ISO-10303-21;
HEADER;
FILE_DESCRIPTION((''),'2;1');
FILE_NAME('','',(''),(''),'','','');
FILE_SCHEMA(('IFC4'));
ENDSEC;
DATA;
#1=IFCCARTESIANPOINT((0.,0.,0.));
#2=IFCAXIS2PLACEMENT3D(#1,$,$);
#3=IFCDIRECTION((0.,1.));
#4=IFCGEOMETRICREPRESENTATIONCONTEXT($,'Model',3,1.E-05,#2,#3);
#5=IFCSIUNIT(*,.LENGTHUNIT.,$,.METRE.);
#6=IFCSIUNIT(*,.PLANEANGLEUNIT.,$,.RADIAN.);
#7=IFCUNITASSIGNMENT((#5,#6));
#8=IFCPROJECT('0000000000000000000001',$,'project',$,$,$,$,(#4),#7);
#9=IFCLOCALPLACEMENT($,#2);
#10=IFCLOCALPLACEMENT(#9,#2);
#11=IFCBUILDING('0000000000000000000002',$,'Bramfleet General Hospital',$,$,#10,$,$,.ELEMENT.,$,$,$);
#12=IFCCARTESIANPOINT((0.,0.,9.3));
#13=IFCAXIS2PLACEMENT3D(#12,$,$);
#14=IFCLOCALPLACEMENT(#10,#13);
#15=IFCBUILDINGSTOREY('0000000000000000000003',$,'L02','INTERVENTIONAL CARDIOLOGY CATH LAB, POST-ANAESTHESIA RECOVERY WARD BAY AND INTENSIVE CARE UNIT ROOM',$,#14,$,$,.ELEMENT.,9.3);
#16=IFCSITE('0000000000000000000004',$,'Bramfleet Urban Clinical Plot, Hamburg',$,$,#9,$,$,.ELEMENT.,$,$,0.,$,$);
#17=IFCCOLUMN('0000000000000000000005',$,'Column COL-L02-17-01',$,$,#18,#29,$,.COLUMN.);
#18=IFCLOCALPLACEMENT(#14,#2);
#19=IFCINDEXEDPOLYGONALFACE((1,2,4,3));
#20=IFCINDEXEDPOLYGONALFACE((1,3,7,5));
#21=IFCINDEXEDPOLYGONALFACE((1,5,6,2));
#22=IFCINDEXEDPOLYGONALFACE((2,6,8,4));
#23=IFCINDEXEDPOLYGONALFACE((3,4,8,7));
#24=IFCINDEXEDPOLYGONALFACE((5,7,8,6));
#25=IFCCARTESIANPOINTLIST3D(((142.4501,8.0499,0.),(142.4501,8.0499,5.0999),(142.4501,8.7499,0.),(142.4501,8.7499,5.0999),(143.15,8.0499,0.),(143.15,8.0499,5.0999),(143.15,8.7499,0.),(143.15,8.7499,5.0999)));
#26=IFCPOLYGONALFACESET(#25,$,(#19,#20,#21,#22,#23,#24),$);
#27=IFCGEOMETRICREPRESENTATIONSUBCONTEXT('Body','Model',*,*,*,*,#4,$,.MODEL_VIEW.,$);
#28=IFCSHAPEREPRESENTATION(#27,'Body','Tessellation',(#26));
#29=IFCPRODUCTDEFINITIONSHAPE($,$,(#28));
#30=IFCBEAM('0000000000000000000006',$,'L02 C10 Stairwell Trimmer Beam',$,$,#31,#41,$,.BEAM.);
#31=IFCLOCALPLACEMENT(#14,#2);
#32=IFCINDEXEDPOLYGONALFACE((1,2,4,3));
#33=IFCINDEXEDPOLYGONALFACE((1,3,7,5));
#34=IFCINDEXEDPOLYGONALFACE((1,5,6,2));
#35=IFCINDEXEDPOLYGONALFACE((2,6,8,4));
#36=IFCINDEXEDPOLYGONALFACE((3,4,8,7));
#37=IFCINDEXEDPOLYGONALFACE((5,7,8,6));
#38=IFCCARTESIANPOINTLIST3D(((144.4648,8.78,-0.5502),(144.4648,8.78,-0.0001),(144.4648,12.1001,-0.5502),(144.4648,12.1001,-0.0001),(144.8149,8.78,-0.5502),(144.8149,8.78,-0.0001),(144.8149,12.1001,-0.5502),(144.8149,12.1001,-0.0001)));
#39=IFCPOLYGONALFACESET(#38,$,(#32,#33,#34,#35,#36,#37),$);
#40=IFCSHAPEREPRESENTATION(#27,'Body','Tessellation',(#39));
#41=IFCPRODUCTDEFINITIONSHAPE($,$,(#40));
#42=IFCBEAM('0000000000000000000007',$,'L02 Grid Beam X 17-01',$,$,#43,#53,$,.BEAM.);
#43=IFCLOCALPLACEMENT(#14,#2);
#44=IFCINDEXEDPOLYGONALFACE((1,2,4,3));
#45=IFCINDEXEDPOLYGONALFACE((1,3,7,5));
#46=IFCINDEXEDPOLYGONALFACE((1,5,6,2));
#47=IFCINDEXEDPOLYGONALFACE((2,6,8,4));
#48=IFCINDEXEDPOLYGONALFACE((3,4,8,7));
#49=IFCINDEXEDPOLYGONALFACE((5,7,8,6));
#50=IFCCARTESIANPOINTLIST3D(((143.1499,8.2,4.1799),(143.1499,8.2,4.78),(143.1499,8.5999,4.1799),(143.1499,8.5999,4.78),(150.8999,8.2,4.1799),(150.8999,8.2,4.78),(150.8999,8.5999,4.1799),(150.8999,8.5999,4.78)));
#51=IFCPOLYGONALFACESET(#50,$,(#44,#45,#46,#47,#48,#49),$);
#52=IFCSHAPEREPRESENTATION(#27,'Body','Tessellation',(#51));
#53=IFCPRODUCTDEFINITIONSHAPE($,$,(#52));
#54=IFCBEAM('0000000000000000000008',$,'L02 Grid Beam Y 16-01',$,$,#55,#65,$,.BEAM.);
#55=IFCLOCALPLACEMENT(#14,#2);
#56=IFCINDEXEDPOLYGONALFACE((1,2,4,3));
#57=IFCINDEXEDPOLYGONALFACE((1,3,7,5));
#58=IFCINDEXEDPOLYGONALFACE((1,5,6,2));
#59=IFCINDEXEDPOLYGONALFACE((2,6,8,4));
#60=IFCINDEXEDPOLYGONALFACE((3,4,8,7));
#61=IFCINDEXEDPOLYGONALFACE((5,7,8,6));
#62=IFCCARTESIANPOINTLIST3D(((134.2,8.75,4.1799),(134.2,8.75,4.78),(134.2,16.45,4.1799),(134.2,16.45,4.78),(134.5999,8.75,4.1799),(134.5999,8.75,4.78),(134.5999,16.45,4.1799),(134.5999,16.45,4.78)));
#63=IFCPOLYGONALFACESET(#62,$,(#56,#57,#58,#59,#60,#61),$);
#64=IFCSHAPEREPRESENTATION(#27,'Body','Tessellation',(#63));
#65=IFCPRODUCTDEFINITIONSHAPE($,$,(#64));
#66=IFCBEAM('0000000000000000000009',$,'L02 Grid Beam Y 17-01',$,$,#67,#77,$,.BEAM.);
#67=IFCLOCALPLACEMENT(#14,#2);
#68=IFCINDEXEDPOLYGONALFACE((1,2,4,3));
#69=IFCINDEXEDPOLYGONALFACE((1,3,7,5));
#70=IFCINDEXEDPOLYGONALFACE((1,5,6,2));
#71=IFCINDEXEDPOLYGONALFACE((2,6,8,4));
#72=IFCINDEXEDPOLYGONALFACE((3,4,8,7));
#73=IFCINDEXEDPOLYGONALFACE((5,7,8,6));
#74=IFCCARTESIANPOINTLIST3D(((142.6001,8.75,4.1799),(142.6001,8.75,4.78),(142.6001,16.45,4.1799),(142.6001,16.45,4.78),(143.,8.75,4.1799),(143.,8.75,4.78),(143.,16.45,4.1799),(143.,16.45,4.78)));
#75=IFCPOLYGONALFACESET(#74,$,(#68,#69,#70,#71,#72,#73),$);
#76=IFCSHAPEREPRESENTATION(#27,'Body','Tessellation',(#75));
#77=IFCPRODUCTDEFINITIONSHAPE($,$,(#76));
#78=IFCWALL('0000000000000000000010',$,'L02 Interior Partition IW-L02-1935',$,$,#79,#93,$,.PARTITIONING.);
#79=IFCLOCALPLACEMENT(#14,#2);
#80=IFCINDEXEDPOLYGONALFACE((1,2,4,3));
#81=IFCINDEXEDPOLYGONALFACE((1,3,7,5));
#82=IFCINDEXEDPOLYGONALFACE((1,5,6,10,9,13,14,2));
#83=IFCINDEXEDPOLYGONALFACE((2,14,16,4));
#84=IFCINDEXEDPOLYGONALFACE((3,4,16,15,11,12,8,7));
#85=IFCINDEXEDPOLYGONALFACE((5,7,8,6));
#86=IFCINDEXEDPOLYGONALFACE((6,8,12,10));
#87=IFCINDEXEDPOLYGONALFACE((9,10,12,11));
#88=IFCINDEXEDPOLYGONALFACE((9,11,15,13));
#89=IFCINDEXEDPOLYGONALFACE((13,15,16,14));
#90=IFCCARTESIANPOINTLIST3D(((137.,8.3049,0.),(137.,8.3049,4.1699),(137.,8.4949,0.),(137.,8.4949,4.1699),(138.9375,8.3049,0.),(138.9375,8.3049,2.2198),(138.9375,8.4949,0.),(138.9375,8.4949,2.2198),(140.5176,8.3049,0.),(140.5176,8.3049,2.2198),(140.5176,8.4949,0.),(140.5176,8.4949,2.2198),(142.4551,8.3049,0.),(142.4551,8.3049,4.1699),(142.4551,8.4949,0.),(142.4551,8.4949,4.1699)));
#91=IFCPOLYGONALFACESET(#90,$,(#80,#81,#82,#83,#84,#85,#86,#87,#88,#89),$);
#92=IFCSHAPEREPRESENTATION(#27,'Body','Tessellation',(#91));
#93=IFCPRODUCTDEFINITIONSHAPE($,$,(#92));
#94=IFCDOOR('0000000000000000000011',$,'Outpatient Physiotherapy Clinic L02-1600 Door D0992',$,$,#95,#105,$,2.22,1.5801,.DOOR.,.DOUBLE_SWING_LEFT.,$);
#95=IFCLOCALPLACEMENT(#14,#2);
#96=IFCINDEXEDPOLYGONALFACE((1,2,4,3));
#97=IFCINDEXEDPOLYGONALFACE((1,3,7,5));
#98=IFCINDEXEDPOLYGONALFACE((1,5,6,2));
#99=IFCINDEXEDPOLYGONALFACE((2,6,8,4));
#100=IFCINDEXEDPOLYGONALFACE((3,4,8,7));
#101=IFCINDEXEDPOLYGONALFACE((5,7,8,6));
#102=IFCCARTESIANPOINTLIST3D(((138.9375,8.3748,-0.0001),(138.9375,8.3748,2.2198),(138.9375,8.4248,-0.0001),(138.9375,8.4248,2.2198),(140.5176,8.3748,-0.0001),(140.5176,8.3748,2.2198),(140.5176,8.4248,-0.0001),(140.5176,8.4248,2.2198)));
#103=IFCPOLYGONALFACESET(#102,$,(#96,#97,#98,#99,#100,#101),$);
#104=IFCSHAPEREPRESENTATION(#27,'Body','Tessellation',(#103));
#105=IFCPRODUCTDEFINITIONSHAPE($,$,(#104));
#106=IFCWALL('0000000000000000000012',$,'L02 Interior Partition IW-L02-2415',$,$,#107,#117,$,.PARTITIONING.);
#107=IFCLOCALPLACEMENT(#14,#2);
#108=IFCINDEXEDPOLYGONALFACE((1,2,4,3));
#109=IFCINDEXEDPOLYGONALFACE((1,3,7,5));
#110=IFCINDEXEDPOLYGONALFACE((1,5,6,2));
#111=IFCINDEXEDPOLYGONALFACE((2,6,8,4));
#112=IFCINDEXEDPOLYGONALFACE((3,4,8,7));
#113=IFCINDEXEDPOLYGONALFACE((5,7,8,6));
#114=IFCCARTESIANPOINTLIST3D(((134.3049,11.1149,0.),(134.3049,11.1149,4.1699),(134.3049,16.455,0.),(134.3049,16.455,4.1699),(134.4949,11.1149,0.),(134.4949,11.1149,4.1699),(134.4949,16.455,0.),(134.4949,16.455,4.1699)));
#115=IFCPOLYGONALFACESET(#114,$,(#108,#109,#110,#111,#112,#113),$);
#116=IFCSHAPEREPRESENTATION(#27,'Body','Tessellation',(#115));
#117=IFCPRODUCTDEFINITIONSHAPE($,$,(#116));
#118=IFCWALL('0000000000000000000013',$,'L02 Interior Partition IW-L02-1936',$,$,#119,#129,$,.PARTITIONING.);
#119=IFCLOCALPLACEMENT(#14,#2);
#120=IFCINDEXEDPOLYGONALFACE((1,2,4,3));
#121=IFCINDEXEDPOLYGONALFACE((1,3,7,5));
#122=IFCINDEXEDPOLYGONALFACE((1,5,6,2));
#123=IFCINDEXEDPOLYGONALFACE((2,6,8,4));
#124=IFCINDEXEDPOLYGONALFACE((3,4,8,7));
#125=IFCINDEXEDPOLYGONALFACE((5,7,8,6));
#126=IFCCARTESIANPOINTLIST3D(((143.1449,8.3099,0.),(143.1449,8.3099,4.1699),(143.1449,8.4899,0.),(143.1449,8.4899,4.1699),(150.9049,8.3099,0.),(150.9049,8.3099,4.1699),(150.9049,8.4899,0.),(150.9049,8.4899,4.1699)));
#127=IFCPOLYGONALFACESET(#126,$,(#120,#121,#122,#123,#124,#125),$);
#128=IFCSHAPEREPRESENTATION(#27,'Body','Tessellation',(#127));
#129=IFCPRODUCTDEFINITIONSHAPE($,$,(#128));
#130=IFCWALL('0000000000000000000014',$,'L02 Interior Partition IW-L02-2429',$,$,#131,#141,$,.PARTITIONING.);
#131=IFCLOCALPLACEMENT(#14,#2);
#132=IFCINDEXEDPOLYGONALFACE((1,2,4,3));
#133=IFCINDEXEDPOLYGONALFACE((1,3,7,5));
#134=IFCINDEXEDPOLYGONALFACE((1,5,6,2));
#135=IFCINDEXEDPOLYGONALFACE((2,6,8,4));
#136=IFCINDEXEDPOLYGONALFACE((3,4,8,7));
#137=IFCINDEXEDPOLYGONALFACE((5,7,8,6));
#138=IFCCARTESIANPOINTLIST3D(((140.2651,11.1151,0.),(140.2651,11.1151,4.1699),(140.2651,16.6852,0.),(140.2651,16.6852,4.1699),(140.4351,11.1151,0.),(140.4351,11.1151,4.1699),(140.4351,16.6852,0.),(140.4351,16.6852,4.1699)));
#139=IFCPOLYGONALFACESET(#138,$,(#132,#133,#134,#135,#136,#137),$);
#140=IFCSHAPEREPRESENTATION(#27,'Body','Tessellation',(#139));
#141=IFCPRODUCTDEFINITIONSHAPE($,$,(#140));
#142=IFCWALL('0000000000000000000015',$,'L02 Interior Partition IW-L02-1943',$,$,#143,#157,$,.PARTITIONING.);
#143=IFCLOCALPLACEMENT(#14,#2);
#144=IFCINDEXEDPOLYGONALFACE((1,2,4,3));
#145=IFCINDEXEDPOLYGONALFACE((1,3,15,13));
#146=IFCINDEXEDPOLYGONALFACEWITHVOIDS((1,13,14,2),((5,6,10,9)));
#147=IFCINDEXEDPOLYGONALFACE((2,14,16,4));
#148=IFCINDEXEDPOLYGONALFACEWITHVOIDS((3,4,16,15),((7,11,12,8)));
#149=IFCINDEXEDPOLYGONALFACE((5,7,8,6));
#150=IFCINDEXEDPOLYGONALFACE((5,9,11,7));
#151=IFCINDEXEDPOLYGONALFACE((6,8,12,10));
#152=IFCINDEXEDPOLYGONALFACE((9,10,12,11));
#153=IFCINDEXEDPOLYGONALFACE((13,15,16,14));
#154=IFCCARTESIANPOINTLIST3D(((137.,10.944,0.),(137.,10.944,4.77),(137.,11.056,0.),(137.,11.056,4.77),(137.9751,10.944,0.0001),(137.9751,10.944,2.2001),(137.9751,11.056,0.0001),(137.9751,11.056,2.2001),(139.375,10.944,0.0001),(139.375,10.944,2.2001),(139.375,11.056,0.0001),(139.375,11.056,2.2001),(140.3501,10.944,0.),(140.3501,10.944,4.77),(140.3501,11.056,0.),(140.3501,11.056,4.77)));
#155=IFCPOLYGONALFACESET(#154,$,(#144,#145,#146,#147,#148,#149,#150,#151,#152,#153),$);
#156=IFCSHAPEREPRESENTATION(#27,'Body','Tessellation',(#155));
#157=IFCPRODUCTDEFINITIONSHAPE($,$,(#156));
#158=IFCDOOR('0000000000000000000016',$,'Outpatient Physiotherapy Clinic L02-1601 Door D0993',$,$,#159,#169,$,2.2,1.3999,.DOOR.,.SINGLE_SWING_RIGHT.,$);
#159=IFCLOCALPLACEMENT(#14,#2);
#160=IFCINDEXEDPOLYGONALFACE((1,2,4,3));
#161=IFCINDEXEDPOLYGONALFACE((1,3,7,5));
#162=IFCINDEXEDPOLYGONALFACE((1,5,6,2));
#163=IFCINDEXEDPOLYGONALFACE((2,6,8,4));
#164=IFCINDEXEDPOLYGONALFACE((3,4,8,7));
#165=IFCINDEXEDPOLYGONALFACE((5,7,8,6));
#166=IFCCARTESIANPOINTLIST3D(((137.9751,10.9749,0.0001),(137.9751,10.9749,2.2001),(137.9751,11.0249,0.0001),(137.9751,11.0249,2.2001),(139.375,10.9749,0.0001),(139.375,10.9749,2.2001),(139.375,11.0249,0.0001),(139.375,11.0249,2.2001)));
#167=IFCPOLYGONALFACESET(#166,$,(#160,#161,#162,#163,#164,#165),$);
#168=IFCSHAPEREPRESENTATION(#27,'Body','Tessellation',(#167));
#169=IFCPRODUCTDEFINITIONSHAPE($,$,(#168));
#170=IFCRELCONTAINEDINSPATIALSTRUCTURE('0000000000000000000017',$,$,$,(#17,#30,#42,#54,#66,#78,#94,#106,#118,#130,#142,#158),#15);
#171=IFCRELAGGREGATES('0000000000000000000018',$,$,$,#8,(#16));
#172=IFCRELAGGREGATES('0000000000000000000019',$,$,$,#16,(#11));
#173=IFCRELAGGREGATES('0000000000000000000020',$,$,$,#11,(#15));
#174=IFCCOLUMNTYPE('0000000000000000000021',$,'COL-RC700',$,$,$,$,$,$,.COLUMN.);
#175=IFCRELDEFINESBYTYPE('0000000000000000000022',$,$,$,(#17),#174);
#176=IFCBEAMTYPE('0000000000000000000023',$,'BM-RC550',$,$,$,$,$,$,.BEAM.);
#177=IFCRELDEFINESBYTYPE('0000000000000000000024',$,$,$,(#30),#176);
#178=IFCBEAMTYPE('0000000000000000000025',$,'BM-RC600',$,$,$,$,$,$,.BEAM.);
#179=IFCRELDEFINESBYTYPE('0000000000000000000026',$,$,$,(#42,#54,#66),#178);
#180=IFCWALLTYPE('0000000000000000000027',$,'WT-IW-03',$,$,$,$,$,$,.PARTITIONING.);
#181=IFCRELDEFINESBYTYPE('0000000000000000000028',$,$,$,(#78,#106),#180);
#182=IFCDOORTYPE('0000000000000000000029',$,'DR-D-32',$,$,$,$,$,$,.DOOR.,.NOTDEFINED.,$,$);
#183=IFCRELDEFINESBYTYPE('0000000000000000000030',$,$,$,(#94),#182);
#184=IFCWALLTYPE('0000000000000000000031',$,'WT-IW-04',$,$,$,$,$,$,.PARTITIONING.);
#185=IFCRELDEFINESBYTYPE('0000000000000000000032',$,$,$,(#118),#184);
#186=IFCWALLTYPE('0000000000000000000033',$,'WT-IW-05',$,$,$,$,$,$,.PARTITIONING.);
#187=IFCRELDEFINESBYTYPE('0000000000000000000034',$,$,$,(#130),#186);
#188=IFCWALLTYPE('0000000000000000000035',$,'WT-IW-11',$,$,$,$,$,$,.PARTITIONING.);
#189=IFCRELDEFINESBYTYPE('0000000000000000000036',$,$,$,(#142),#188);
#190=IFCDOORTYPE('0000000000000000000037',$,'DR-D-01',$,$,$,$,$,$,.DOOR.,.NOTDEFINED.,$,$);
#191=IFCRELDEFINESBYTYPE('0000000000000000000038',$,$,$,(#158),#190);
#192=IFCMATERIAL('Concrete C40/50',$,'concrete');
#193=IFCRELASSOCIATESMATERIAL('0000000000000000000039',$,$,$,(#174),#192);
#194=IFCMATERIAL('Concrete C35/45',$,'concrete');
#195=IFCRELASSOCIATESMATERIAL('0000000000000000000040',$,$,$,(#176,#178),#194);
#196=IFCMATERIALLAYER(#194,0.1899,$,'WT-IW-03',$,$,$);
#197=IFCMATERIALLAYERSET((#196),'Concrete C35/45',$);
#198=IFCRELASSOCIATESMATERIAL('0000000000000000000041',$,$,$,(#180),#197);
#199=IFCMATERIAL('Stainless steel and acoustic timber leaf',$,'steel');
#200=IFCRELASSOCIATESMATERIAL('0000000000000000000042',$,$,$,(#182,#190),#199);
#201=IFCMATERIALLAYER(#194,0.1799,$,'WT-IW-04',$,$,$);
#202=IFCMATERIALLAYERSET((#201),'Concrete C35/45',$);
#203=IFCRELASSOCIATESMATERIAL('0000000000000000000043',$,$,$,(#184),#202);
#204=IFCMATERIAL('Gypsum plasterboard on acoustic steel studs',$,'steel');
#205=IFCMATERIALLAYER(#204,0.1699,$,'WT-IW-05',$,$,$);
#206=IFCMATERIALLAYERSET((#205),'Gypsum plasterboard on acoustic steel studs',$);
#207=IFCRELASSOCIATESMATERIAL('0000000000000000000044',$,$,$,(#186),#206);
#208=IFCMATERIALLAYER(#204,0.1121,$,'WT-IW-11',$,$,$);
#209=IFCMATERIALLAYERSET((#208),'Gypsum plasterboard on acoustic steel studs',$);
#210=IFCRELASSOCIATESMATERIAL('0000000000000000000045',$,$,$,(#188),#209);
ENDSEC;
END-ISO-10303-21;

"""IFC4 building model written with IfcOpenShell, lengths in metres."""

from ifc_helpers import new_model, si_unit, direction, frame, frame_2d, origin, origin_2d, place, context, subcontext, project, spatial, rectangle, extrude, material, layer, layer_set, material_profile, profile_set, type_object, element, fill, save


model = new_model("IFC4")

# Units and contexts
model_context = context("Model", 3, precision=1e-05, world=origin(), true_north=direction((0.0, 1.0)))
body_context = subcontext(model_context, "Body", "Model", "MODEL_VIEW")
ifc_project = project(units=[si_unit("LENGTHUNIT", "METRE"), si_unit("PLANEANGLEUNIT", "RADIAN")], contexts=[model_context])

# Site, building, storey
site_placement = place(None, origin())
site = spatial("IfcSite", under=ifc_project, at=site_placement, Name="Bramfleet Urban Clinical Plot, Hamburg", CompositionType="ELEMENT", RefElevation=0.0)
building_placement = place(site_placement, origin())
building = spatial("IfcBuilding", under=site, at=building_placement, Name="Bramfleet General Hospital", CompositionType="ELEMENT")
storey_placement = place(building_placement, frame((0.0, 0.0, 9.3)))
storey = spatial("IfcBuildingStorey", under=building, at=storey_placement, Name="L02", Description="INTERVENTIONAL CARDIOLOGY CATH LAB, POST-ANAESTHESIA RECOVERY WARD BAY AND INTENSIVE CARE UNIT ROOM", CompositionType="ELEMENT", Elevation=9.3)

# Column
ifc_material_1 = material(Name="Concrete C40/50", Category="concrete")
ifc_material_profile_1 = material_profile(ifc_material_1, rectangle(XDim=0.7, YDim=0.7, at=origin_2d()), Name="RC COL 700x700")
ifc_profile_set_1 = profile_set([ifc_material_profile_1], Name="Concrete C40/50")
column_type = type_object("IfcColumnType", Name="COL-RC700", PredefinedType="COLUMN", material=ifc_profile_set_1)
column_placement = place(storey_placement, frame((142.8, 8.3999, 0.0), z_axis=(0.0, 0.0, 1.0), x_axis=(1.0, 0.0, 0.0)))
element("IfcColumn", 1, at=column_placement, inside=storey, type_object=column_type, Name="Column COL-L02-17-01", PredefinedType="COLUMN", context=body_context, shape_type="SweptSolid", body=[
    extrude(rectangle(XDim=0.7, YDim=0.7, at=origin_2d()), origin(), (0.0, 0.0, 1.0), 5.0999),
])

# Beams
ifc_material_2 = material(Name="Concrete C35/45", Category="concrete")
ifc_material_profile_2 = material_profile(ifc_material_2, rectangle(XDim=0.3501, YDim=0.55, at=origin_2d()), Name="RC BM 550x350")
ifc_profile_set_2 = profile_set([ifc_material_profile_2], Name="Concrete C35/45")
beam_type_1 = type_object("IfcBeamType", Name="BM-RC550", PredefinedType="BEAM", material=ifc_profile_set_2)
beam_1_placement = place(storey_placement, frame((144.6399, 8.78, -0.2751), z_axis=(0.0, 1.0, 0.0), x_axis=(-1.0, 0.0, 0.0)))
element("IfcBeam", 2, at=beam_1_placement, inside=storey, type_object=beam_type_1, Name="L02 C10 Stairwell Trimmer Beam", PredefinedType="BEAM", context=body_context, shape_type="SweptSolid", body=[
    extrude(rectangle(XDim=0.3501, YDim=0.55, at=origin_2d()), origin(), (0.0, 0.0, 1.0), 3.3201),
])
ifc_material_profile_3 = material_profile(ifc_material_2, rectangle(XDim=0.3999, YDim=0.6001, at=origin_2d()), Name="RC BM 600x400")
ifc_profile_set_3 = profile_set([ifc_material_profile_3], Name="Concrete C35/45")
beam_type_2 = type_object("IfcBeamType", Name="BM-RC600", PredefinedType="BEAM", material=ifc_profile_set_3)
beam_2_placement = place(storey_placement, frame((143.1499, 8.3999, 4.48), z_axis=(1.0, 0.0, 0.0), x_axis=(0.0, 1.0, 0.0)))
element("IfcBeam", 3, at=beam_2_placement, inside=storey, type_object=beam_type_2, Name="L02 Grid Beam X 17-01", PredefinedType="BEAM", context=body_context, shape_type="SweptSolid", body=[
    extrude(rectangle(XDim=0.3999, YDim=0.6001, at=origin_2d()), origin(), (0.0, 0.0, 1.0), 7.75),
])
for number, where, z_axis, x_axis, name in (
    (4, (134.3999, 8.75, 4.48), (0.0, 1.0, 0.0), (-1.0, 0.0, 0.0), "L02 Grid Beam Y 16-01"),
    (5, (142.8, 8.75, 4.48), (0.0, 1.0, 0.0), (-1.0, 0.0, 0.0), "L02 Grid Beam Y 17-01"),
):
    element("IfcBeam", number, at=place(storey_placement, frame(where, z_axis=z_axis, x_axis=x_axis)), inside=storey, type_object=beam_type_2, Name=name, PredefinedType="BEAM", context=body_context, shape_type="SweptSolid", body=[
        extrude(rectangle(XDim=0.3999, YDim=0.6001, at=origin_2d()), origin(), (0.0, 0.0, 1.0), 7.7),
    ])

# Wall, opening, door
ifc_layer_1 = layer(ifc_material_2, 0.1899, Name="WT-IW-03")
ifc_layer_set_1 = layer_set([ifc_layer_1], Name="Concrete C35/45")
wall_type_1 = type_object("IfcWallType", Name="WT-IW-03", PredefinedType="PARTITIONING", material=ifc_layer_set_1)
wall_1_placement = place(storey_placement, frame((137.0, 8.3999, 0.0), z_axis=(0.0, 0.0, 1.0), x_axis=(1.0, 0.0, 0.0)))
wall_1 = element("IfcWall", 6, at=wall_1_placement, inside=storey, type_object=wall_type_1, Name="L02 Interior Partition IW-L02-1935", PredefinedType="PARTITIONING", context=body_context, shape_type="SweptSolid", body=[
    extrude(rectangle(XDim=5.4551, YDim=0.1899, at=frame_2d((2.7275, 0.0))), origin(), (0.0, 0.0, 1.0), 4.1699),
])
opening_1_placement = place(wall_1_placement, frame((1.9375, 0.0, 0.0)))
opening_1 = element("IfcOpeningElement", 7, at=opening_1_placement, cuts=wall_1, PredefinedType="OPENING", context=body_context, shape_type="SweptSolid", body=[
    extrude(rectangle(XDim=1.5801, YDim=2.22, at=frame_2d((0.79, 1.1099))), frame((0.0, 0.105, 0.0), z_axis=(0.0, -1.0, 0.0), x_axis=(1.0, 0.0, 0.0)), (0.0, 0.0, 1.0), 0.21),
])
ifc_material_3 = material(Name="Stainless steel and acoustic timber leaf", Category="steel")
door_type_1 = type_object("IfcDoorType", Name="DR-D-32", OperationType="NOTDEFINED", PredefinedType="DOOR", material=ifc_material_3)
door_1_placement = place(opening_1_placement, origin())
door_1 = element("IfcDoor", 8, at=door_1_placement, inside=storey, type_object=door_type_1, Name="Outpatient Physiotherapy Clinic L02-1600 Door D0992", OperationType="DOUBLE_SWING_LEFT", OverallHeight=2.22, OverallWidth=1.5801, PredefinedType="DOOR", context=body_context, shape_type="SweptSolid", body=[
    extrude(rectangle(XDim=1.5801, YDim=2.22, at=frame_2d((0.79, 1.1099))), frame((0.0, 0.0249, 0.0), z_axis=(0.0, -1.0, 0.0), x_axis=(1.0, 0.0, 0.0)), (0.0, 0.0, 1.0), 0.05),
])
fill(opening_1, door_1)

# Walls
wall_2_placement = place(storey_placement, frame((134.3999, 11.115, 0.0), z_axis=(0.0, 0.0, 1.0), x_axis=(0.0, 1.0, 0.0)))
element("IfcWall", 9, at=wall_2_placement, inside=storey, type_object=wall_type_1, Name="L02 Interior Partition IW-L02-2415", PredefinedType="PARTITIONING", context=body_context, shape_type="SweptSolid", body=[
    extrude(rectangle(XDim=5.3401, YDim=0.1899, at=frame_2d((2.6699, 0.0))), origin(), (0.0, 0.0, 1.0), 4.1699),
])
ifc_layer_2 = layer(ifc_material_2, 0.1799, Name="WT-IW-04")
ifc_layer_set_2 = layer_set([ifc_layer_2], Name="Concrete C35/45")
wall_type_2 = type_object("IfcWallType", Name="WT-IW-04", PredefinedType="PARTITIONING", material=ifc_layer_set_2)
wall_3_placement = place(storey_placement, frame((143.145, 8.3999, 0.0), z_axis=(0.0, 0.0, 1.0), x_axis=(1.0, 0.0, 0.0)))
element("IfcWall", 10, at=wall_3_placement, inside=storey, type_object=wall_type_2, Name="L02 Interior Partition IW-L02-1936", PredefinedType="PARTITIONING", context=body_context, shape_type="SweptSolid", body=[
    extrude(rectangle(XDim=7.76, YDim=0.1799, at=frame_2d((3.8799, 0.0))), origin(), (0.0, 0.0, 1.0), 4.1699),
])
ifc_material_4 = material(Name="Gypsum plasterboard on acoustic steel studs", Category="steel")
ifc_layer_3 = layer(ifc_material_4, 0.1699, Name="WT-IW-05")
ifc_layer_set_3 = layer_set([ifc_layer_3], Name="Gypsum plasterboard on acoustic steel studs")
wall_type_3 = type_object("IfcWallType", Name="WT-IW-05", PredefinedType="PARTITIONING", material=ifc_layer_set_3)
wall_4_placement = place(storey_placement, frame((140.3501, 11.115, 0.0), z_axis=(0.0, 0.0, 1.0), x_axis=(0.0, 1.0, 0.0)))
element("IfcWall", 11, at=wall_4_placement, inside=storey, type_object=wall_type_3, Name="L02 Interior Partition IW-L02-2429", PredefinedType="PARTITIONING", context=body_context, shape_type="SweptSolid", body=[
    extrude(rectangle(XDim=5.5701, YDim=0.1699, at=frame_2d((2.7852, 0.0))), origin(), (0.0, 0.0, 1.0), 4.1699),
])

# Wall, opening, door
ifc_layer_4 = layer(ifc_material_4, 0.1121, Name="WT-IW-11")
ifc_layer_set_4 = layer_set([ifc_layer_4], Name="Gypsum plasterboard on acoustic steel studs")
wall_type_4 = type_object("IfcWallType", Name="WT-IW-11", PredefinedType="PARTITIONING", material=ifc_layer_set_4)
wall_5_placement = place(storey_placement, frame((137.0, 11.0, 0.0), z_axis=(0.0, 0.0, 1.0), x_axis=(1.0, 0.0, 0.0)))
wall_5 = element("IfcWall", 12, at=wall_5_placement, inside=storey, type_object=wall_type_4, Name="L02 Interior Partition IW-L02-1943", PredefinedType="PARTITIONING", context=body_context, shape_type="SweptSolid", body=[
    extrude(rectangle(XDim=3.3501, YDim=0.1121, at=frame_2d((1.675, 0.0))), origin(), (0.0, 0.0, 1.0), 4.77),
])
opening_2_placement = place(wall_5_placement, frame((0.9751, 0.0, 0.0)))
opening_2 = element("IfcOpeningElement", 13, at=opening_2_placement, cuts=wall_5, PredefinedType="OPENING", context=body_context, shape_type="SweptSolid", body=[
    extrude(rectangle(XDim=1.3999, YDim=2.2, at=frame_2d((0.7, 1.1001))), frame((0.0, 0.0659, 0.0), z_axis=(0.0, -1.0, 0.0), x_axis=(1.0, 0.0, 0.0)), (0.0, 0.0, 1.0), 0.1321),
])
door_type_2 = type_object("IfcDoorType", Name="DR-D-01", OperationType="NOTDEFINED", PredefinedType="DOOR", material=ifc_material_3)
door_2_placement = place(opening_2_placement, origin())
door_2 = element("IfcDoor", 14, at=door_2_placement, inside=storey, type_object=door_type_2, Name="Outpatient Physiotherapy Clinic L02-1601 Door D0993", OperationType="SINGLE_SWING_RIGHT", OverallHeight=2.2, OverallWidth=1.3999, PredefinedType="DOOR", context=body_context, shape_type="SweptSolid", body=[
    extrude(rectangle(XDim=1.3999, YDim=2.2, at=frame_2d((0.7, 1.1001))), frame((0.0, 0.0249, 0.0), z_axis=(0.0, -1.0, 0.0), x_axis=(1.0, 0.0, 0.0)), (0.0, 0.0, 1.0), 0.05),
])
fill(opening_2, door_2)

save(model, "model.ifc")
